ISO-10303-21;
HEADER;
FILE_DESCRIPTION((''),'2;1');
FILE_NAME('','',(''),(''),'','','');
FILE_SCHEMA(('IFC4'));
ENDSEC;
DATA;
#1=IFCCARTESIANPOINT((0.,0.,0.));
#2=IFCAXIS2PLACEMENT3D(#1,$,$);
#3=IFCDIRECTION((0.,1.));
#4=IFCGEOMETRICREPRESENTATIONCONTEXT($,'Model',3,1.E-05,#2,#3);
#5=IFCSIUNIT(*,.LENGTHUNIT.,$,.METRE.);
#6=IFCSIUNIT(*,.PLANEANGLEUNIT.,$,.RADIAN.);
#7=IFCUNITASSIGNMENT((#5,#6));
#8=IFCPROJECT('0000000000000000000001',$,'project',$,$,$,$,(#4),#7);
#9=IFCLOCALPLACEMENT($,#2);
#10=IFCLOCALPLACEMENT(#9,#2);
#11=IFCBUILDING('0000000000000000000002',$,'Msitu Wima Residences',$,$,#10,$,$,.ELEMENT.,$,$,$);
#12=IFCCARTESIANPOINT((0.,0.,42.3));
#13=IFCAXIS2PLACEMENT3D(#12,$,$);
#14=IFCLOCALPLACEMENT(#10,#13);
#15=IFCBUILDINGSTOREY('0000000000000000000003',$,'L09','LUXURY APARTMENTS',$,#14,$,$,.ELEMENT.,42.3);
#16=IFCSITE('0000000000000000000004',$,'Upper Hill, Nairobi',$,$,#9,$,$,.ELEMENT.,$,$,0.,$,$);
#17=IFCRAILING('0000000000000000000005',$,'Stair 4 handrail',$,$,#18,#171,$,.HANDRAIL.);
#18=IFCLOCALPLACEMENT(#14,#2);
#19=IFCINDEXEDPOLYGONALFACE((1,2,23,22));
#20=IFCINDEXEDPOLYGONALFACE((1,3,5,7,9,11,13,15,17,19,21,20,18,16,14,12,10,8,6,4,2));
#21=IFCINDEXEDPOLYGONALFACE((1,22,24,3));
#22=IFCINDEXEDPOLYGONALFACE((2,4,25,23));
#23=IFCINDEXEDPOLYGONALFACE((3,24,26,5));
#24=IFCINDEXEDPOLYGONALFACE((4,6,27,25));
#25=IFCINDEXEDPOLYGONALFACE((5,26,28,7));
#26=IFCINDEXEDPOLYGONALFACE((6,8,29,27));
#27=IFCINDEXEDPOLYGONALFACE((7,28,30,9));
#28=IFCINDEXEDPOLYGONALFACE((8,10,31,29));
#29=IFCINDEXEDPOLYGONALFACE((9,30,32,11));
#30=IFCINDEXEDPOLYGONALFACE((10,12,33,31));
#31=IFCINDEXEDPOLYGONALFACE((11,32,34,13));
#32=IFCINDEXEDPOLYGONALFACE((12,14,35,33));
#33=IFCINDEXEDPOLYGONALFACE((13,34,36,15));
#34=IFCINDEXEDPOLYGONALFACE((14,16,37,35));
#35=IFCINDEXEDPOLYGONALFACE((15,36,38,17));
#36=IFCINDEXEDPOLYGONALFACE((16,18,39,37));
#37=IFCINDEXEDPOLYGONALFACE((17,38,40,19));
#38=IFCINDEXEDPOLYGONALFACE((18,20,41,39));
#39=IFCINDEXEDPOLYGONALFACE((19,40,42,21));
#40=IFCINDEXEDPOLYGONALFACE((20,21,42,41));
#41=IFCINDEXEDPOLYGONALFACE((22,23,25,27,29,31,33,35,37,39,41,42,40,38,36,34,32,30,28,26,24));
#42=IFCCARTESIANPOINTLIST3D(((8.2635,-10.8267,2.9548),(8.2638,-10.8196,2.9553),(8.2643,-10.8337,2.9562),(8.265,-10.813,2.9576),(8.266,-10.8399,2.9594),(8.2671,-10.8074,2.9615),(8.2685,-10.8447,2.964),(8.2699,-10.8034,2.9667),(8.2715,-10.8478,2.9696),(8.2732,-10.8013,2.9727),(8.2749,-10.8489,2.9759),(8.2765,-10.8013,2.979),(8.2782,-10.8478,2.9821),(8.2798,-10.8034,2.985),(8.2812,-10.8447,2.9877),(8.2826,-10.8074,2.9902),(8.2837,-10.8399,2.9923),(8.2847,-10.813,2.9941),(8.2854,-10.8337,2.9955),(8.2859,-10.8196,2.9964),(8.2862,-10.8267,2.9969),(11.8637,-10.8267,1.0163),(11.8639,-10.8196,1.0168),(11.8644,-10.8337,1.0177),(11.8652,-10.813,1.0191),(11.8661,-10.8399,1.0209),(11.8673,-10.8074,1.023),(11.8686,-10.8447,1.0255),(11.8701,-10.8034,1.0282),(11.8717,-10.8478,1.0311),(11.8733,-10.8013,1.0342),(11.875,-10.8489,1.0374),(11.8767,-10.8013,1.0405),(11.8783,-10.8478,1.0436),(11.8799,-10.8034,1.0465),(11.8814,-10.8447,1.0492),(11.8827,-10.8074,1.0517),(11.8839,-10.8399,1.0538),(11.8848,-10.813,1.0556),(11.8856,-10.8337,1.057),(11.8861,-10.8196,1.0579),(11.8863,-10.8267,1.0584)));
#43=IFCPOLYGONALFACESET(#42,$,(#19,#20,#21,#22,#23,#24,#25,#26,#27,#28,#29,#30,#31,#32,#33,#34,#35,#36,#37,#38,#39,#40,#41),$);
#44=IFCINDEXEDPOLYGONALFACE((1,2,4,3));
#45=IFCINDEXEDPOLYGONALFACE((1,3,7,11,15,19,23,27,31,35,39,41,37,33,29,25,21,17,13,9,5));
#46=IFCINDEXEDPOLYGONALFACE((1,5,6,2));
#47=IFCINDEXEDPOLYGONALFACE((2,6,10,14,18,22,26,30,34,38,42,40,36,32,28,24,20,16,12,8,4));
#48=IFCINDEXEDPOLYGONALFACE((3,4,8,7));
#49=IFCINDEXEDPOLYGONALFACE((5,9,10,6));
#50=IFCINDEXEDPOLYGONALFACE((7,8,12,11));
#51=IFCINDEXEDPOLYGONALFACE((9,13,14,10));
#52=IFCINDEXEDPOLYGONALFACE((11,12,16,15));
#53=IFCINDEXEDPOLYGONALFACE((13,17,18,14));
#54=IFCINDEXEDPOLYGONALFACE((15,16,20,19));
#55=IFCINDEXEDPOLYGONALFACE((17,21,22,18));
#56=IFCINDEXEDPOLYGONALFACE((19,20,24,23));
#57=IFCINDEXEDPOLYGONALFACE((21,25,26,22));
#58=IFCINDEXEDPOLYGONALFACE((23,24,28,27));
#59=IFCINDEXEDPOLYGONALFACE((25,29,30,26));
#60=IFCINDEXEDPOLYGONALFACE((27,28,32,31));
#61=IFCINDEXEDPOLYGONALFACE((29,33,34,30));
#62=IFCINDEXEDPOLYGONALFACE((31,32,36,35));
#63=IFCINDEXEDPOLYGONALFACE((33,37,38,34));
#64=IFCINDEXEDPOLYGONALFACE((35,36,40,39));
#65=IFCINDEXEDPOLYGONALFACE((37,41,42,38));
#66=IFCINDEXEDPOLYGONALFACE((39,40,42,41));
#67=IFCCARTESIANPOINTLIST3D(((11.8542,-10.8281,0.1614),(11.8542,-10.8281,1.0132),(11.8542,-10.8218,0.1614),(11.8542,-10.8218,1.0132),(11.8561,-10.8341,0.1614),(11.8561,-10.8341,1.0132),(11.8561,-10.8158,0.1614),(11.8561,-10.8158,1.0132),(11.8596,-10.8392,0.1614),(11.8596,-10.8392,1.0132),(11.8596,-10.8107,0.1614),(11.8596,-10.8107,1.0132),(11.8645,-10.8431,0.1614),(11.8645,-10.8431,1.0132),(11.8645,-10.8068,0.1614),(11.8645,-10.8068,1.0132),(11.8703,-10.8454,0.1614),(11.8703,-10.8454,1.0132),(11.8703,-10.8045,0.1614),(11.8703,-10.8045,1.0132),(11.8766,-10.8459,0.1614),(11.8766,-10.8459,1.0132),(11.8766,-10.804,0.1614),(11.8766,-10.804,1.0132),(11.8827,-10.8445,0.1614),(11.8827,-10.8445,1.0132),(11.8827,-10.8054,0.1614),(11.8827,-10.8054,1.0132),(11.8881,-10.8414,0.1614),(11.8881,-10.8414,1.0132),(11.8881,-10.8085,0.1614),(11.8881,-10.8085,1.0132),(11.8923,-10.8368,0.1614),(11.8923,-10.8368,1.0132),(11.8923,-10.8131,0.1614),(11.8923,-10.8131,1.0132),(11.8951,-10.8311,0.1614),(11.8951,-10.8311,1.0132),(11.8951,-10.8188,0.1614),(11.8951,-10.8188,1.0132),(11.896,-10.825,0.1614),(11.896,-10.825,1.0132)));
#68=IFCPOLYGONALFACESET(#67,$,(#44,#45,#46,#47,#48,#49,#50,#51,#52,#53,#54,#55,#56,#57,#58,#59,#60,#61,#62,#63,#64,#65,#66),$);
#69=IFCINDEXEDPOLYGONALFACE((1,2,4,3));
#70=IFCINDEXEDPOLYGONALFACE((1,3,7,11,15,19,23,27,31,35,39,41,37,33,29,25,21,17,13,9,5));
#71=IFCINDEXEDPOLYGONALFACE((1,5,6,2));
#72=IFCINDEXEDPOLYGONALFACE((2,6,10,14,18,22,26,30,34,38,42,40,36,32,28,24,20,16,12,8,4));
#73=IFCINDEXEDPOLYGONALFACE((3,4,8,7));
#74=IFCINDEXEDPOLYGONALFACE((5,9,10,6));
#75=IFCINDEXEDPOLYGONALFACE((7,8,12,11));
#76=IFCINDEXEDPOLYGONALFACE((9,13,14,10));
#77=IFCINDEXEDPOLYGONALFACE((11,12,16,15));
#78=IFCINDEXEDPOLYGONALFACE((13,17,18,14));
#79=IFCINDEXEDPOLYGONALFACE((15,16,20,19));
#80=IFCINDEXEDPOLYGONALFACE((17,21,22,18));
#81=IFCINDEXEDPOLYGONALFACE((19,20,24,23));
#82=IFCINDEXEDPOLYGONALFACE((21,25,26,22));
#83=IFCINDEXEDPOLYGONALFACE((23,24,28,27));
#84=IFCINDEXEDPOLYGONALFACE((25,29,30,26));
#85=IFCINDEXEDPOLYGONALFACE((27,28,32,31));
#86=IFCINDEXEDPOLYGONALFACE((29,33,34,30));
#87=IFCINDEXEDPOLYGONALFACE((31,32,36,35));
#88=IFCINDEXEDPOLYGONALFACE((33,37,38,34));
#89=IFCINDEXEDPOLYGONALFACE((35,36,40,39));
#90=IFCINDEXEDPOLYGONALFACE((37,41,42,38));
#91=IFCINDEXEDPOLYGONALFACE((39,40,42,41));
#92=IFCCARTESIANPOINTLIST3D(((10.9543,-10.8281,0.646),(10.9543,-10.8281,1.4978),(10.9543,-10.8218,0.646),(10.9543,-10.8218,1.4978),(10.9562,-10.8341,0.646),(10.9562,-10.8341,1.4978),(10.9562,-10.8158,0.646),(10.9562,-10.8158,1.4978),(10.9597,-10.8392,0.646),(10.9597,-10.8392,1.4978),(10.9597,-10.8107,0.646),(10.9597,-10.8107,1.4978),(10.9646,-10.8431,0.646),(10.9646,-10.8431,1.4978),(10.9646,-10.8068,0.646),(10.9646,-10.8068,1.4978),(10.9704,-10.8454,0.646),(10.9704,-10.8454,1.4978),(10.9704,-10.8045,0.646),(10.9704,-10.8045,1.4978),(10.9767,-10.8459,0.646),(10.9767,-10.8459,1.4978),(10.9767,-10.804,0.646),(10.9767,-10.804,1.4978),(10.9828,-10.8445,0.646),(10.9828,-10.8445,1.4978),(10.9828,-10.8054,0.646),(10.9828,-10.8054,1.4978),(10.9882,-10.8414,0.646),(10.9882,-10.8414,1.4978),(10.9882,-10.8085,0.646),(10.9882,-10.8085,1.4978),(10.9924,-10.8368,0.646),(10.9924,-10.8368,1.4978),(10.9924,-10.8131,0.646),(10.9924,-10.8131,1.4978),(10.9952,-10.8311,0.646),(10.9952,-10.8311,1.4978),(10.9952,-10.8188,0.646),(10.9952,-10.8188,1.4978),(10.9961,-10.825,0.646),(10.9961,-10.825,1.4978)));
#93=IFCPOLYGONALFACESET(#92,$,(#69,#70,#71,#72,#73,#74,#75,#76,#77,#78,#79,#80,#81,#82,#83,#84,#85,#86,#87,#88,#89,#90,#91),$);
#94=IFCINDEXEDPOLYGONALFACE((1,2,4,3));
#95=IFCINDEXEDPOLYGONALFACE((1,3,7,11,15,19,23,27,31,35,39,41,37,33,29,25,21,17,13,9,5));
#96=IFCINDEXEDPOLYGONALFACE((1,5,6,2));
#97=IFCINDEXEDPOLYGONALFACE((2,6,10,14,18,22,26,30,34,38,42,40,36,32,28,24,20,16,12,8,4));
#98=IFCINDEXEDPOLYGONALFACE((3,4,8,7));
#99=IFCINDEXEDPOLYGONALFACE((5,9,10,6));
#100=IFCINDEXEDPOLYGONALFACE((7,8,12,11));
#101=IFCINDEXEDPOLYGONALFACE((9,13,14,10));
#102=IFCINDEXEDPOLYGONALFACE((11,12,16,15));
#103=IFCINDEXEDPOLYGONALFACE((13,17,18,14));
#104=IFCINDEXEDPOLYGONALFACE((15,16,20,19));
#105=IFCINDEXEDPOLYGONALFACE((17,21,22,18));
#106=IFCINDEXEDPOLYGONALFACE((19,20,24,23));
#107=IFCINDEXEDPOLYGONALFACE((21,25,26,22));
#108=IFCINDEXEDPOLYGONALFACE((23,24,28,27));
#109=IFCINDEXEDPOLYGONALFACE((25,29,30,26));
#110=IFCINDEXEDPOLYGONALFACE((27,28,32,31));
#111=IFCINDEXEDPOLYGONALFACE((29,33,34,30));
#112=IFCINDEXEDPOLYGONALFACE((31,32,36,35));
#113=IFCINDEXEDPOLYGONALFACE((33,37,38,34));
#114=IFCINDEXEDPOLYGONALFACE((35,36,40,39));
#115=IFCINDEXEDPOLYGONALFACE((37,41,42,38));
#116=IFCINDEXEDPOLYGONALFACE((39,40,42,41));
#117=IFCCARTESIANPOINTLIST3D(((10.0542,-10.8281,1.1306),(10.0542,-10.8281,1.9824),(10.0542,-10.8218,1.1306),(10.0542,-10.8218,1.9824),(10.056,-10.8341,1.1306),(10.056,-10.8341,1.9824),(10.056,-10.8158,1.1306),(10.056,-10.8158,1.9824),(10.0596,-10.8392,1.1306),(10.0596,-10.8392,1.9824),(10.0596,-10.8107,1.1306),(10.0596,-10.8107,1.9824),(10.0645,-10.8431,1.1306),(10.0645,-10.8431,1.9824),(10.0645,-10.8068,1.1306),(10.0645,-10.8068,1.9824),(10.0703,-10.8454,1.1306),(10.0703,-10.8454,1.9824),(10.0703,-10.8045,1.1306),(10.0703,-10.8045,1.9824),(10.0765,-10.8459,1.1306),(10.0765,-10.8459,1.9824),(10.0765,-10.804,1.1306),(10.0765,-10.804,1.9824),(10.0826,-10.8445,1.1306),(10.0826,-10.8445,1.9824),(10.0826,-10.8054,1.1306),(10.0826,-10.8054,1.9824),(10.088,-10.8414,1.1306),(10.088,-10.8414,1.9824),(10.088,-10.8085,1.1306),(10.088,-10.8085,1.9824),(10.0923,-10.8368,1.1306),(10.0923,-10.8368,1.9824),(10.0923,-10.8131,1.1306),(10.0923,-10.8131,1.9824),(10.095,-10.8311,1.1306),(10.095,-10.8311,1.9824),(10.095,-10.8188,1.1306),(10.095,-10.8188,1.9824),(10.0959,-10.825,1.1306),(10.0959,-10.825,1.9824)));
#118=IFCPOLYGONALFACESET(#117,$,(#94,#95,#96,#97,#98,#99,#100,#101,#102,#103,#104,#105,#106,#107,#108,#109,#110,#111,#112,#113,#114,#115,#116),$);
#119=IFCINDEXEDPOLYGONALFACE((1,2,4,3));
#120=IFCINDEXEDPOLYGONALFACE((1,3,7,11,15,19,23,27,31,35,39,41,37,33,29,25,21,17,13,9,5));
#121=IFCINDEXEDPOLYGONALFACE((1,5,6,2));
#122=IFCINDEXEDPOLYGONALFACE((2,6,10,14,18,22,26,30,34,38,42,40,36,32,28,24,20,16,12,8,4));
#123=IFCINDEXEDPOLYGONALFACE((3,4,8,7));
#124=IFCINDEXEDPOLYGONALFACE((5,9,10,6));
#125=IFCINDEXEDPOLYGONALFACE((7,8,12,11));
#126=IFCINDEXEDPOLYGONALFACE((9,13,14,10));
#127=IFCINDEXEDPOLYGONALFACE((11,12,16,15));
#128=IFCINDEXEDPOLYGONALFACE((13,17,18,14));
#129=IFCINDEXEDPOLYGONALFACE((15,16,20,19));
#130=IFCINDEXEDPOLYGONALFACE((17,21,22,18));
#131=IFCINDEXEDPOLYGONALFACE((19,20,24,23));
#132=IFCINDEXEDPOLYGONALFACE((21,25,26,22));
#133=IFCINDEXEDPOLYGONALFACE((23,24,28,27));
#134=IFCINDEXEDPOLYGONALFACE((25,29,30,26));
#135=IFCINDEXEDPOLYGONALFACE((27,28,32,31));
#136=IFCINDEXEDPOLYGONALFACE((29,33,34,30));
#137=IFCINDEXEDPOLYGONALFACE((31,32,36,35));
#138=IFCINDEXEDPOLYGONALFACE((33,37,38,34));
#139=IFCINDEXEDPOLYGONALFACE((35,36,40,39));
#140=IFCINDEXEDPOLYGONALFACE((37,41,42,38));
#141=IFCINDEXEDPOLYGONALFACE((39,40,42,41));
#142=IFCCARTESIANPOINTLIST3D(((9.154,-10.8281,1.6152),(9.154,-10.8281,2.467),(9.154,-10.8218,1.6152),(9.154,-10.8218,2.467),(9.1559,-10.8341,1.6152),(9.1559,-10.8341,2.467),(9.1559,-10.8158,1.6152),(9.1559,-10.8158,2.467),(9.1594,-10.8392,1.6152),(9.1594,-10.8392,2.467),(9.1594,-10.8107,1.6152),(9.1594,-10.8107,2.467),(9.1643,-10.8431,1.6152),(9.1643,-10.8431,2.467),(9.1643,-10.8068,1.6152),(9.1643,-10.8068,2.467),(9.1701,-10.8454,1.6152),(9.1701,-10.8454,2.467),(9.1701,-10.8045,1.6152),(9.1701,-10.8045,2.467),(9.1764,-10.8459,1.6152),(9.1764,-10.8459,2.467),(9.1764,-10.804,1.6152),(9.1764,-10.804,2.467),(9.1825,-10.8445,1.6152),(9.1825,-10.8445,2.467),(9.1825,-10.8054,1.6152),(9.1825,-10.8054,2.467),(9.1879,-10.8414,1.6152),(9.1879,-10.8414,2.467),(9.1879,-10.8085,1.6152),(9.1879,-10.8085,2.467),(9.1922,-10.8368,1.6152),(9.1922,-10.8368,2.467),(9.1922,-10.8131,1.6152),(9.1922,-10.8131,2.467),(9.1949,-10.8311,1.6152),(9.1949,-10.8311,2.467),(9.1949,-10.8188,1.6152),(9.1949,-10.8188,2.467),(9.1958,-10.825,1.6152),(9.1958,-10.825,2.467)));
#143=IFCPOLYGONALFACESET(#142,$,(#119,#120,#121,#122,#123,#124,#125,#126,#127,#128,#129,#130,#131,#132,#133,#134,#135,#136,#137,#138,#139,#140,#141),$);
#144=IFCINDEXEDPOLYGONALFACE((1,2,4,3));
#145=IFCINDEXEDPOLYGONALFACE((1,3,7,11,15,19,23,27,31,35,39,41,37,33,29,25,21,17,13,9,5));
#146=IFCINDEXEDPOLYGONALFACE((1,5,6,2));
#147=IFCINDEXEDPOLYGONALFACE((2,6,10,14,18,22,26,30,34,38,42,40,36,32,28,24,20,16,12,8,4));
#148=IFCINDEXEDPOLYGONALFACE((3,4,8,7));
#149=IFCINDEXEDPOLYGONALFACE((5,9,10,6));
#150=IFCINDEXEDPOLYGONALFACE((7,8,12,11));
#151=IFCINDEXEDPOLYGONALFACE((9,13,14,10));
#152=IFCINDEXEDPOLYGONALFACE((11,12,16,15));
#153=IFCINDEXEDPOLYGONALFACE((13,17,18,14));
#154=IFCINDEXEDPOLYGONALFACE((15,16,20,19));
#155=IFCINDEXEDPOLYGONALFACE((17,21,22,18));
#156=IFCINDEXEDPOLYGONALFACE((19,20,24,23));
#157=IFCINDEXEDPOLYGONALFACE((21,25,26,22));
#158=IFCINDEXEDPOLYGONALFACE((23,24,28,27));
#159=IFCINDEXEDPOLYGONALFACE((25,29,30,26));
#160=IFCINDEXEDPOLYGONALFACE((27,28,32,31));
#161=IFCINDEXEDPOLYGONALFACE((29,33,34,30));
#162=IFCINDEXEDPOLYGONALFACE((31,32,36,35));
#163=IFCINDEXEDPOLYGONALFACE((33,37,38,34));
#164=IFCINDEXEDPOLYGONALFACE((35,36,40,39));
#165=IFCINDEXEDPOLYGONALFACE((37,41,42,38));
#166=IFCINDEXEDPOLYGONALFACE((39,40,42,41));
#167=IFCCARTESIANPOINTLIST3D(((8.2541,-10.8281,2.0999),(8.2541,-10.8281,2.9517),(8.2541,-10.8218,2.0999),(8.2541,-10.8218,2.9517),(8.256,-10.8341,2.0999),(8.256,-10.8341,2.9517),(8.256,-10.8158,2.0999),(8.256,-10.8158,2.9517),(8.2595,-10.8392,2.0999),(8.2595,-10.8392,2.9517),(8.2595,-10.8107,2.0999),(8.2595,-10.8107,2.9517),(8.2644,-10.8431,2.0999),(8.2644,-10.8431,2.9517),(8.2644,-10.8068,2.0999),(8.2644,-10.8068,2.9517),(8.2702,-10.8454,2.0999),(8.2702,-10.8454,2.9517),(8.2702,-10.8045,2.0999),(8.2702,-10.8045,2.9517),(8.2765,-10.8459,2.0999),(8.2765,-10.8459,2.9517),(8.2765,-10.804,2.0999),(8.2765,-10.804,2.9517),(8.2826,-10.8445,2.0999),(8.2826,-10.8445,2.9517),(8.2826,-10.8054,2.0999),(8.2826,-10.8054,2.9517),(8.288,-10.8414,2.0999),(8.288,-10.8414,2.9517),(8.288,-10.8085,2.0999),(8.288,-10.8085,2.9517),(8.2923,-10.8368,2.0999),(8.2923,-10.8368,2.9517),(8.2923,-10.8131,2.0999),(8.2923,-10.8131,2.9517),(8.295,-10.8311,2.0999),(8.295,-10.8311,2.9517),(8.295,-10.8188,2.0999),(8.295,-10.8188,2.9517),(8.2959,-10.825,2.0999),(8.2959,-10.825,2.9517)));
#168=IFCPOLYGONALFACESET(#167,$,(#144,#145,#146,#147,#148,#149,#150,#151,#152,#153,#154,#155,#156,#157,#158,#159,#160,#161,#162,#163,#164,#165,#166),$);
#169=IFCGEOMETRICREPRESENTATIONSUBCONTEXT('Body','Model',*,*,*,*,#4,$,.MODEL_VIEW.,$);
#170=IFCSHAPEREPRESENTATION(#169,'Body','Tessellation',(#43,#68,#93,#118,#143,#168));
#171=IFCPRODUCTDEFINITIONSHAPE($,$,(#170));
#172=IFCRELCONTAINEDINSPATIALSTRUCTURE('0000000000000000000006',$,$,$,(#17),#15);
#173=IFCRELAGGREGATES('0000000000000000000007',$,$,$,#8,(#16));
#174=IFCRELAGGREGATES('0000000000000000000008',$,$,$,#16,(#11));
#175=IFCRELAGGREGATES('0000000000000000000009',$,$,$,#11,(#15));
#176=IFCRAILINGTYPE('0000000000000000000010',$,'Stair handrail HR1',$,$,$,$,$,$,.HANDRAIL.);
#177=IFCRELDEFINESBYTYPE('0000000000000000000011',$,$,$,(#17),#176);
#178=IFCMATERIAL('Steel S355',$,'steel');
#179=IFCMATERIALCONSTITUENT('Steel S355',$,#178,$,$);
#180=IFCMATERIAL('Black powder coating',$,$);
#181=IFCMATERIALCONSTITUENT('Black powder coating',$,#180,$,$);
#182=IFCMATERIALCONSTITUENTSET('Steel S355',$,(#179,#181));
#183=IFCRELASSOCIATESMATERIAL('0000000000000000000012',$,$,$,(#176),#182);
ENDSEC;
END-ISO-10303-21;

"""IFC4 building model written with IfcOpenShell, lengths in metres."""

from ifc_helpers import new_model, si_unit, direction, frame, origin, origin_2d, place, context, subcontext, project, spatial, circle, extrude, material, constituent, constituent_set, type_object, element, save


model = new_model("IFC4")

# Units and contexts
model_context = context("Model", 3, precision=1e-05, world=origin(), true_north=direction((0.0, 1.0)))
body_context = subcontext(model_context, "Body", "Model", "MODEL_VIEW")
ifc_project = project(units=[si_unit("LENGTHUNIT", "METRE"), si_unit("PLANEANGLEUNIT", "RADIAN")], contexts=[model_context])

# Site, building, storey
site_placement = place(None, origin())
site = spatial("IfcSite", under=ifc_project, at=site_placement, Name="Upper Hill, Nairobi", CompositionType="ELEMENT", RefElevation=0.0)
building_placement = place(site_placement, origin())
building = spatial("IfcBuilding", under=site, at=building_placement, Name="Msitu Wima Residences", CompositionType="ELEMENT")
storey_placement = place(building_placement, frame((0.0, 0.0, 42.3)))
storey = spatial("IfcBuildingStorey", under=building, at=storey_placement, Name="L09", Description="LUXURY APARTMENTS", CompositionType="ELEMENT", Elevation=42.3)

# Railing
ifc_material_1 = material(Name="Steel S355", Category="steel")
ifc_constituent_1 = constituent(ifc_material_1, Name="Steel S355")
ifc_material_2 = material(Name="Black powder coating")
ifc_constituent_2 = constituent(ifc_material_2, Name="Black powder coating")
ifc_constituent_set = constituent_set(constituents=[ifc_constituent_1, ifc_constituent_2], Name="Steel S355")
railing_type = type_object("IfcRailingType", Name="Stair handrail HR1", PredefinedType="HANDRAIL", material=ifc_constituent_set)
for number, where, name in (
    (1, (11.875, -10.825, 0.1614), "Stair 4 handrail"),
):
    element("IfcRailing", number, at=place(storey_placement, frame(where)), inside=storey, type_object=railing_type, Name=name, PredefinedType="HANDRAIL", context=body_context, shape_type="SweptSolid", body=[
        extrude(circle(Radius=0.0239, at=origin_2d()), frame((0.0, 0.0, 0.876), z_axis=(-0.880475, 0.0, 0.474093), x_axis=(0.0, -1.0, 0.0)), (0.0, 0.0, 1.0), 4.0889),
        extrude(circle(Radius=0.021, at=origin_2d()), origin(), (0.0, 0.0, 1.0), 0.8518),
        extrude(circle(Radius=0.021, at=origin_2d()), frame((-0.8999, 0.0, 0.4846)), (0.0, 0.0, 1.0), 0.8518),
        extrude(circle(Radius=0.021, at=origin_2d()), frame((-1.8, 0.0, 0.9692)), (0.0, 0.0, 1.0), 0.8518),
        extrude(circle(Radius=0.021, at=origin_2d()), frame((-2.7002, 0.0, 1.4539)), (0.0, 0.0, 1.0), 0.8518),
        extrude(circle(Radius=0.021, at=origin_2d()), frame((-3.6001, 0.0, 1.9385)), (0.0, 0.0, 1.0), 0.8518),
    ])

save(model, "model.ifc")
